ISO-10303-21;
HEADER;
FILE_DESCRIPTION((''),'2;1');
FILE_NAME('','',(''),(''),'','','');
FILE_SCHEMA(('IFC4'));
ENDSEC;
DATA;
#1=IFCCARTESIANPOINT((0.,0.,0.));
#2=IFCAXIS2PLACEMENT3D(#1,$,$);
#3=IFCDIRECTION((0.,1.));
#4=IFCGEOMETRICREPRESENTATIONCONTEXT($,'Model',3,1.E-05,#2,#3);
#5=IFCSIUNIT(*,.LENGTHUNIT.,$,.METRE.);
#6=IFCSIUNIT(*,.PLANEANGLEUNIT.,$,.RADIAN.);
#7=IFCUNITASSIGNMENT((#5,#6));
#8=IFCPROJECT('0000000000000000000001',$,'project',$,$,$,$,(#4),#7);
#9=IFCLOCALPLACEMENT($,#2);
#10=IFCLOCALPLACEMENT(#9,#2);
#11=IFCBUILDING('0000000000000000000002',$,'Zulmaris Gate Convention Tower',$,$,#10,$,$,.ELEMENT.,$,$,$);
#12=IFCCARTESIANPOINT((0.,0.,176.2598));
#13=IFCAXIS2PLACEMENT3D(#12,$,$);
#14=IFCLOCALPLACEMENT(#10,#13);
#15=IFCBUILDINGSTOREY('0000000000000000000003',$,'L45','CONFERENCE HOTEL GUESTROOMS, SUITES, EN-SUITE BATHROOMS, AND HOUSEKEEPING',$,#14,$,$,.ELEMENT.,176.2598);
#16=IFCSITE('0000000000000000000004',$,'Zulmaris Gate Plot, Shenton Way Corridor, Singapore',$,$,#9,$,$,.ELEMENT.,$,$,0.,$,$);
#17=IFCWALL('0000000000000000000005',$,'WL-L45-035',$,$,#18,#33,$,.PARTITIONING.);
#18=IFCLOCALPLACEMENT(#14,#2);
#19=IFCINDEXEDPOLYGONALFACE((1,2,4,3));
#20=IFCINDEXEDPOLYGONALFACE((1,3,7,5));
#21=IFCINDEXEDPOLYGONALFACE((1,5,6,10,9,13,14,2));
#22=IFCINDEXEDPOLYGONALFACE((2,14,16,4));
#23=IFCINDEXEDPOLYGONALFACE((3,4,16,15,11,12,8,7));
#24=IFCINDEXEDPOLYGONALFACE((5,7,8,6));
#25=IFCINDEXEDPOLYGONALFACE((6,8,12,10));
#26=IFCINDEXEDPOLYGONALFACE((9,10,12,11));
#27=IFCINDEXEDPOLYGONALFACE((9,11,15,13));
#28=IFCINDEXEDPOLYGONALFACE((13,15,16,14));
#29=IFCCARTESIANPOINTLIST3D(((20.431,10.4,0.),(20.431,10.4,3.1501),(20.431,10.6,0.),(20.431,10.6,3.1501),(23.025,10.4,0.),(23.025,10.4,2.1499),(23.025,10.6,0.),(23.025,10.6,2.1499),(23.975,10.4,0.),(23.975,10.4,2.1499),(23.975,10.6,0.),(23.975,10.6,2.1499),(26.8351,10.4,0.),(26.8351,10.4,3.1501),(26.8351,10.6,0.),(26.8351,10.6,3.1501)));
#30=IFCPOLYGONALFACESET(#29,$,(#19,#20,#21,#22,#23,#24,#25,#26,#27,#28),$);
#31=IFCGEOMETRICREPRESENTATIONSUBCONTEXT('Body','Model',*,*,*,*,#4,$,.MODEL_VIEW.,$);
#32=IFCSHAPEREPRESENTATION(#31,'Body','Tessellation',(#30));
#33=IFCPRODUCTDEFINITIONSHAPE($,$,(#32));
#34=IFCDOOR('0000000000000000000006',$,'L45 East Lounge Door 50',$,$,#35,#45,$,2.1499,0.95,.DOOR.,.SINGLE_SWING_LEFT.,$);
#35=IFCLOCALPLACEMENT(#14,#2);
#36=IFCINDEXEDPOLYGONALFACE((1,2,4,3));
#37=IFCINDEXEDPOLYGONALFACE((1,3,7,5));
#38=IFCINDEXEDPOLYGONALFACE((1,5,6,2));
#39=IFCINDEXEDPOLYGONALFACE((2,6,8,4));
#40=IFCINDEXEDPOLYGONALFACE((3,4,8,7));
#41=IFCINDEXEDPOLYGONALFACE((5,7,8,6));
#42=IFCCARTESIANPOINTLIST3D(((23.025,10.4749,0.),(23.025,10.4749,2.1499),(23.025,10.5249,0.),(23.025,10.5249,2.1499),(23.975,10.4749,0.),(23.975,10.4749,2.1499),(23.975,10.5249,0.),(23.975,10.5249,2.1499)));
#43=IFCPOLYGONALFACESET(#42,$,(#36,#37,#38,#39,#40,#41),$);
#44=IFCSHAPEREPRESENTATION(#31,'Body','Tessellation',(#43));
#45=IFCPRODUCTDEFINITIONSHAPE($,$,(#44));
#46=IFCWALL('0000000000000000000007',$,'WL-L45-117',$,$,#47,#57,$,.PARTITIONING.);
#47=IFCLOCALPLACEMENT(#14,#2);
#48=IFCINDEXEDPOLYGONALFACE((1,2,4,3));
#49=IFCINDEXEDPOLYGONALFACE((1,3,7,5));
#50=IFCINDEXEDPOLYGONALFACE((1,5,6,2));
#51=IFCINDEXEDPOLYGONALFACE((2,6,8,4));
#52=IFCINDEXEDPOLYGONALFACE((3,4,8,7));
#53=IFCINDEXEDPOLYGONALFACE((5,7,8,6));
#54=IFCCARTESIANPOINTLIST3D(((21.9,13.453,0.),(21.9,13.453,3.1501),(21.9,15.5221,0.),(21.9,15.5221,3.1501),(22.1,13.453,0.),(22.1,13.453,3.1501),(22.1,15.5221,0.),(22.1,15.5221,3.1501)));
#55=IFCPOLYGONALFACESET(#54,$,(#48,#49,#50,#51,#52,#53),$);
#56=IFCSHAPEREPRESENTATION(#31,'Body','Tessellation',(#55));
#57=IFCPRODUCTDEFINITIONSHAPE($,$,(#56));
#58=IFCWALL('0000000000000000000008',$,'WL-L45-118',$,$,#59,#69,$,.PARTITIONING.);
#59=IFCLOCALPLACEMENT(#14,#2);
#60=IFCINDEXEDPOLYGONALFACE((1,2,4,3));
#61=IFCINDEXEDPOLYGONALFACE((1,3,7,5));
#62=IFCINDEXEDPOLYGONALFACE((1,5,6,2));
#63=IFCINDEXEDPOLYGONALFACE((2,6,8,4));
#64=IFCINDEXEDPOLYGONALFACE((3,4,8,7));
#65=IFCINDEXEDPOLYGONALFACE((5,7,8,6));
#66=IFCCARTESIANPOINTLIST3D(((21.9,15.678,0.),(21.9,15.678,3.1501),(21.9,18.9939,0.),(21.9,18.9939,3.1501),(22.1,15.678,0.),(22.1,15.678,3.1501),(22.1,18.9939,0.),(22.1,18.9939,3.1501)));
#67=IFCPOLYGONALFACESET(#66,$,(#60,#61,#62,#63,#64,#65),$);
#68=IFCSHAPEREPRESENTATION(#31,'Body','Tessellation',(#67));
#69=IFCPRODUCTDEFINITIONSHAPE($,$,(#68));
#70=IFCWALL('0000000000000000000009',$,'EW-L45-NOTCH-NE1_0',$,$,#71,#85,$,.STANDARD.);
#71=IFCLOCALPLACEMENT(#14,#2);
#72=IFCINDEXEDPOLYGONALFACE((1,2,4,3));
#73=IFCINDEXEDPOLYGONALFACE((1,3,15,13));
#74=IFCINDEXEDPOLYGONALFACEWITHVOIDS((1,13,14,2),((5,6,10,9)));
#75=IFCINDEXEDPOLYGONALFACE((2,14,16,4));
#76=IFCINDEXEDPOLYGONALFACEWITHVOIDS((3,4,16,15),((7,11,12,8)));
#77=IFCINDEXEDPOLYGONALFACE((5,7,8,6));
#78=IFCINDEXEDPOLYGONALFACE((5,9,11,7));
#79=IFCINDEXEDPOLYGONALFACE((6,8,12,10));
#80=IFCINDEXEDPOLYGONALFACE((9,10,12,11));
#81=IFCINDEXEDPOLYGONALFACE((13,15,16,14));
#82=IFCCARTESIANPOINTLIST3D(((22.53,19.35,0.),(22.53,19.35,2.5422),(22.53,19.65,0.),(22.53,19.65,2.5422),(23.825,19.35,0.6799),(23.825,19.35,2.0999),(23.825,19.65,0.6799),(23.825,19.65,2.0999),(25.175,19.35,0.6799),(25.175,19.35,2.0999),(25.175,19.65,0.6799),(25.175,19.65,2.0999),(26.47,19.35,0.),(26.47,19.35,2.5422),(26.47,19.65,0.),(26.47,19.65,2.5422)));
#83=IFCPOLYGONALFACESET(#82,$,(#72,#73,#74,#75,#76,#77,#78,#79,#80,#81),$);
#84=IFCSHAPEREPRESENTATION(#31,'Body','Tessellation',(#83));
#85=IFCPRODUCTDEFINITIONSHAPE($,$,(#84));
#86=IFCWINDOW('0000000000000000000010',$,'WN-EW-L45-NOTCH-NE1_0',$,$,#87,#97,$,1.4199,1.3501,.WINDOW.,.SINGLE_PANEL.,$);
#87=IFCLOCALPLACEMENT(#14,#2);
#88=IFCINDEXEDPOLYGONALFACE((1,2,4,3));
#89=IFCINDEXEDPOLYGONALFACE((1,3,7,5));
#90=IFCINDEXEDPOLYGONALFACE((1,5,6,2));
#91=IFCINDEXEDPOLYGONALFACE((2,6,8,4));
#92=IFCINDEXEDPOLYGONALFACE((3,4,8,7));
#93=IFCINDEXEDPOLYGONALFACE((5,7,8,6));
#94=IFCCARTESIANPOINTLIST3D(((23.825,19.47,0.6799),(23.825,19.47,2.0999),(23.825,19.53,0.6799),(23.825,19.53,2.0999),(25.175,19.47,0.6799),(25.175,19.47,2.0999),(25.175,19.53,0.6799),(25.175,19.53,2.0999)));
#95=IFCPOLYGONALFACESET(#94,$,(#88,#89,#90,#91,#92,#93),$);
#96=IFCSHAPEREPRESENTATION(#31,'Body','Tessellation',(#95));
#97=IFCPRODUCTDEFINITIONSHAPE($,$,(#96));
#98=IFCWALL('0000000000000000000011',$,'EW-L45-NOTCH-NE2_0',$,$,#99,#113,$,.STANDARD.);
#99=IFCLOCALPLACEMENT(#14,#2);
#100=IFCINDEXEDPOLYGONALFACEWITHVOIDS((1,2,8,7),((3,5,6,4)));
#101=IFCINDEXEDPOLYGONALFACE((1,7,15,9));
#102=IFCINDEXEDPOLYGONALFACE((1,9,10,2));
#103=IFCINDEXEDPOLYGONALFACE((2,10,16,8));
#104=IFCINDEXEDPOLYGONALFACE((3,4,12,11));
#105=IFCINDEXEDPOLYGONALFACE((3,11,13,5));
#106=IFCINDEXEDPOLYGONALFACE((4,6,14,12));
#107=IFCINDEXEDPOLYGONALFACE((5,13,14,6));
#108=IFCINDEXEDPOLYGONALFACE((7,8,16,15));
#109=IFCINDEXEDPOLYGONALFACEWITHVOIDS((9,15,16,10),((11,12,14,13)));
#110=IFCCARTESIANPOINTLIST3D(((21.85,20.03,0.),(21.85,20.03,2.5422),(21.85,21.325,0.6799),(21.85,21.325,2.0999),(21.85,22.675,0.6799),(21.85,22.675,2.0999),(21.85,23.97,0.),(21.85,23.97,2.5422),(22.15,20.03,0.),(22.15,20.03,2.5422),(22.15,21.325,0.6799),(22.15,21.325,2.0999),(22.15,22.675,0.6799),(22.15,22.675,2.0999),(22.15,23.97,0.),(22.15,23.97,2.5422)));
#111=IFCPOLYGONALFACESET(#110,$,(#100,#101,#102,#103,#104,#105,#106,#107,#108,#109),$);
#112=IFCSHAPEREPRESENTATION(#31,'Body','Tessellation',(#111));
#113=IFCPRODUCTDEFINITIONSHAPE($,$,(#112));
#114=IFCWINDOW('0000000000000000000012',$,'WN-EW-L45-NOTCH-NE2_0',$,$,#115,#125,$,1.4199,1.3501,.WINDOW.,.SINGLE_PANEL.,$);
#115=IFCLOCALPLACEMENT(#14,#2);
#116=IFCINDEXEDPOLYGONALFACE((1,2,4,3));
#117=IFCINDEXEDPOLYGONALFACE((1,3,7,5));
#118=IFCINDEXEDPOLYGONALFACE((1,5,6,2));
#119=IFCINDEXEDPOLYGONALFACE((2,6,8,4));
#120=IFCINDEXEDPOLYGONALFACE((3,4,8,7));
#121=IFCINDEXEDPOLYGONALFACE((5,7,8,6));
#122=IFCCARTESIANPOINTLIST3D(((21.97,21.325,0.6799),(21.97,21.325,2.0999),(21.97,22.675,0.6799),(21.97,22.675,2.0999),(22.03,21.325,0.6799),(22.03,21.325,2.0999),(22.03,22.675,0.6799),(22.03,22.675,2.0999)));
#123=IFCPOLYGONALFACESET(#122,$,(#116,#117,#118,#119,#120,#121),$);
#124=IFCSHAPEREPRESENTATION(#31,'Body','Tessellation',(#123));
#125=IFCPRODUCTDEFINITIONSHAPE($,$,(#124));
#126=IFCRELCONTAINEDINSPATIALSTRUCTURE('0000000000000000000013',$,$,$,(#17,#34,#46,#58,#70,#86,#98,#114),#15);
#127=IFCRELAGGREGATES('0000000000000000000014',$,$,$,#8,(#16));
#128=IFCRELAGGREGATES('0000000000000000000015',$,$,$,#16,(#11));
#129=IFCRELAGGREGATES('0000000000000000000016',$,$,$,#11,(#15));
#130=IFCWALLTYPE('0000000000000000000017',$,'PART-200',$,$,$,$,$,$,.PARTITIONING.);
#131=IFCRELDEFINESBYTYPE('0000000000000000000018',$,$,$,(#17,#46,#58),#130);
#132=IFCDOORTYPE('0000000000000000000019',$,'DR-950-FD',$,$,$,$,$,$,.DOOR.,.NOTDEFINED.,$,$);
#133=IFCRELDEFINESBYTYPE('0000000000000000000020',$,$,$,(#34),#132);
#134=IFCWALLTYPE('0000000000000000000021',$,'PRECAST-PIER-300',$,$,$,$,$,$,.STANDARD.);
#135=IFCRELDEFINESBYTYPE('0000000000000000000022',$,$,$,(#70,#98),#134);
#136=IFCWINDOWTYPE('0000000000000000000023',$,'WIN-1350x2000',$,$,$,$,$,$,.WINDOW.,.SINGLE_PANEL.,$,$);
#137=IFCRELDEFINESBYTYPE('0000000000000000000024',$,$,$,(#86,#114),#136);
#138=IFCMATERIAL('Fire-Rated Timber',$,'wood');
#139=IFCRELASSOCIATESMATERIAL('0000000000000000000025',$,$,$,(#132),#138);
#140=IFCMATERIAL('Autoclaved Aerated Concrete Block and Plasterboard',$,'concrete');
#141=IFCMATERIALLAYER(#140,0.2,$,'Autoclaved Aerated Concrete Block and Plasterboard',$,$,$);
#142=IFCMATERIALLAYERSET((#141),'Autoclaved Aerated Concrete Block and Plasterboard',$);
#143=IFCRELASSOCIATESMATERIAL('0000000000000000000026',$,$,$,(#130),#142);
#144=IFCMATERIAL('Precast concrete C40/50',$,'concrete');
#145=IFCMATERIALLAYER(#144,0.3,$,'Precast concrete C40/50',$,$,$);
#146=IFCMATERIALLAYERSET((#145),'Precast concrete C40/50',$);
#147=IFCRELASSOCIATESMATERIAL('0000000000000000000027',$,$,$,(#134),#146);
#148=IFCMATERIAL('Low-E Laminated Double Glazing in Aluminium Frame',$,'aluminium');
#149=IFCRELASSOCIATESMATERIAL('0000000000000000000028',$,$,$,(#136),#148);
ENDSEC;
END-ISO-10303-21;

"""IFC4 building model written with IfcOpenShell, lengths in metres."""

from ifc_helpers import new_model, si_unit, direction, frame, frame_2d, origin, place, context, subcontext, project, spatial, rectangle, extrude, material, layer, layer_set, type_object, element, fill, save


model = new_model("IFC4")

# Units and contexts
model_context = context("Model", 3, precision=1e-05, world=origin(), true_north=direction((0.0, 1.0)))
body_context = subcontext(model_context, "Body", "Model", "MODEL_VIEW")
ifc_project = project(units=[si_unit("LENGTHUNIT", "METRE"), si_unit("PLANEANGLEUNIT", "RADIAN")], contexts=[model_context])

# Site, building, storey
site_placement = place(None, origin())
site = spatial("IfcSite", under=ifc_project, at=site_placement, Name="Zulmaris Gate Plot, Shenton Way Corridor, Singapore", CompositionType="ELEMENT", RefElevation=0.0)
building_placement = place(site_placement, origin())
building = spatial("IfcBuilding", under=site, at=building_placement, Name="Zulmaris Gate Convention Tower", CompositionType="ELEMENT")
storey_placement = place(building_placement, frame((0.0, 0.0, 176.2598)))
storey = spatial("IfcBuildingStorey", under=building, at=storey_placement, Name="L45", Description="CONFERENCE HOTEL GUESTROOMS, SUITES, EN-SUITE BATHROOMS, AND HOUSEKEEPING", CompositionType="ELEMENT", Elevation=176.2598)

# Wall, opening, door
ifc_material_1 = material(Name="Fire-Rated Timber", Category="wood")
door_type_1 = type_object("IfcDoorType", Name="DR-950-FD", OperationType="NOTDEFINED", PredefinedType="DOOR", material=ifc_material_1)
ifc_material_2 = material(Name="Autoclaved Aerated Concrete Block and Plasterboard", Category="concrete")
ifc_layer_1 = layer(ifc_material_2, 0.2, Name="Autoclaved Aerated Concrete Block and Plasterboard")
ifc_layer_set_1 = layer_set([ifc_layer_1], Name="Autoclaved Aerated Concrete Block and Plasterboard")
wall_type_1 = type_object("IfcWallType", Name="PART-200", PredefinedType="PARTITIONING", material=ifc_layer_set_1)
wall_1_placement = place(storey_placement, frame((20.4309, 10.5, 0.0), z_axis=(0.0, 0.0, 1.0), x_axis=(1.0, 0.0, 0.0)))
wall_1 = element("IfcWall", 1, at=wall_1_placement, inside=storey, type_object=wall_type_1, Name="WL-L45-035", PredefinedType="PARTITIONING", context=body_context, shape_type="SweptSolid", body=[
    extrude(rectangle(XDim=6.4041, YDim=0.2, at=frame_2d((3.2021, 0.0))), origin(), (0.0, 0.0, 1.0), 3.1501),
])
opening_1_placement = place(wall_1_placement, frame((2.594, 0.0, 0.0)))
opening_1 = element("IfcOpeningElement", 2, at=opening_1_placement, cuts=wall_1, PredefinedType="OPENING", context=body_context, shape_type="SweptSolid", body=[
    extrude(rectangle(XDim=0.95, YDim=2.1499, at=frame_2d((0.4751, 1.075))), frame((0.0, 0.1099, 0.0), z_axis=(0.0, -1.0, 0.0), x_axis=(1.0, 0.0, 0.0)), (0.0, 0.0, 1.0), 0.22),
])
door_1_placement = place(opening_1_placement, origin())
door_1 = element("IfcDoor", 3, at=door_1_placement, inside=storey, type_object=door_type_1, Name="L45 East Lounge Door 50", OperationType="SINGLE_SWING_LEFT", OverallHeight=2.1499, OverallWidth=0.95, PredefinedType="DOOR", context=body_context, shape_type="SweptSolid", body=[
    extrude(rectangle(XDim=0.95, YDim=2.1499, at=frame_2d((0.4751, 1.075))), frame((0.0, 0.0249, 0.0), z_axis=(0.0, -1.0, 0.0), x_axis=(1.0, 0.0, 0.0)), (0.0, 0.0, 1.0), 0.05),
])
fill(opening_1, door_1)

# Walls
wall_2_placement = place(storey_placement, frame((22.0, 13.4529, 0.0), z_axis=(0.0, 0.0, 1.0), x_axis=(0.0, 1.0, 0.0)))
element("IfcWall", 4, at=wall_2_placement, inside=storey, type_object=wall_type_1, Name="WL-L45-117", PredefinedType="PARTITIONING", context=body_context, shape_type="SweptSolid", body=[
    extrude(rectangle(XDim=2.0691, YDim=0.2, at=frame_2d((1.0347, 0.0))), origin(), (0.0, 0.0, 1.0), 3.1501),
])
wall_3_placement = place(storey_placement, frame((22.0, 15.678, 0.0), z_axis=(0.0, 0.0, 1.0), x_axis=(0.0, 1.0, 0.0)))
element("IfcWall", 5, at=wall_3_placement, inside=storey, type_object=wall_type_1, Name="WL-L45-118", PredefinedType="PARTITIONING", context=body_context, shape_type="SweptSolid", body=[
    extrude(rectangle(XDim=3.3159, YDim=0.2, at=frame_2d((1.658, 0.0))), origin(), (0.0, 0.0, 1.0), 3.1501),
])

# Walls, openings, windows
ifc_material_3 = material(Name="Precast concrete C40/50", Category="concrete")
ifc_layer_2 = layer(ifc_material_3, 0.3, Name="Precast concrete C40/50")
ifc_layer_set_2 = layer_set([ifc_layer_2], Name="Precast concrete C40/50")
wall_type_2 = type_object("IfcWallType", Name="PRECAST-PIER-300", PredefinedType="STANDARD", material=ifc_layer_set_2)
wall_4_placement = place(storey_placement, frame((26.47, 19.5, 0.0), z_axis=(0.0, 0.0, 1.0), x_axis=(-1.0, 0.0, 0.0)))
wall_4 = element("IfcWall", 6, at=wall_4_placement, inside=storey, type_object=wall_type_2, Name="EW-L45-NOTCH-NE1_0", PredefinedType="STANDARD", context=body_context, shape_type="SweptSolid", body=[
    extrude(rectangle(XDim=3.9399, YDim=0.3, at=frame_2d((1.97, 0.0))), origin(), (0.0, 0.0, 1.0), 2.5422),
])
opening_2_placement = place(wall_4_placement, frame((1.2949, 0.0, 0.6799)))
opening_2 = element("IfcOpeningElement", 7, at=opening_2_placement, cuts=wall_4, PredefinedType="OPENING", context=body_context, shape_type="SweptSolid", body=[
    extrude(rectangle(XDim=1.3501, YDim=1.4199, at=frame_2d((0.675, 0.71))), frame((0.0, 0.1602, 0.0), z_axis=(0.0, -1.0, 0.0), x_axis=(1.0, 0.0, 0.0)), (0.0, 0.0, 1.0), 0.3201),
])
ifc_material_4 = material(Name="Low-E Laminated Double Glazing in Aluminium Frame", Category="aluminium")
window_type_1 = type_object("IfcWindowType", Name="WIN-1350x2000", PartitioningType="SINGLE_PANEL", PredefinedType="WINDOW", material=ifc_material_4)
window_1_placement = place(opening_2_placement, origin())
window_1 = element("IfcWindow", 8, at=window_1_placement, inside=storey, type_object=window_type_1, Name="WN-EW-L45-NOTCH-NE1_0", OverallHeight=1.4199, OverallWidth=1.3501, PartitioningType="SINGLE_PANEL", PredefinedType="WINDOW", context=body_context, shape_type="SweptSolid", body=[
    extrude(rectangle(XDim=1.3501, YDim=1.4199, at=frame_2d((0.675, 0.71))), frame((0.0, 0.03, 0.0), z_axis=(0.0, -1.0, 0.0), x_axis=(1.0, 0.0, 0.0)), (0.0, 0.0, 1.0), 0.0601),
])
fill(opening_2, window_1)
wall_5_placement = place(storey_placement, frame((22.0, 20.03, 0.0), z_axis=(0.0, 0.0, 1.0), x_axis=(0.0, 1.0, 0.0)))
wall_5 = element("IfcWall", 9, at=wall_5_placement, inside=storey, type_object=wall_type_2, Name="EW-L45-NOTCH-NE2_0", PredefinedType="STANDARD", context=body_context, shape_type="SweptSolid", body=[
    extrude(rectangle(XDim=3.9399, YDim=0.3, at=frame_2d((1.97, 0.0))), origin(), (0.0, 0.0, 1.0), 2.5422),
])
opening_3_placement = place(wall_5_placement, frame((1.2949, 0.0, 0.6799)))
opening_3 = element("IfcOpeningElement", 10, at=opening_3_placement, cuts=wall_5, PredefinedType="OPENING", context=body_context, shape_type="SweptSolid", body=[
    extrude(rectangle(XDim=1.3501, YDim=1.4199, at=frame_2d((0.675, 0.71))), frame((0.0, 0.1602, 0.0), z_axis=(0.0, -1.0, 0.0), x_axis=(1.0, 0.0, 0.0)), (0.0, 0.0, 1.0), 0.3201),
])
window_2_placement = place(opening_3_placement, origin())
window_2 = element("IfcWindow", 11, at=window_2_placement, inside=storey, type_object=window_type_1, Name="WN-EW-L45-NOTCH-NE2_0", OverallHeight=1.4199, OverallWidth=1.3501, PartitioningType="SINGLE_PANEL", PredefinedType="WINDOW", context=body_context, shape_type="SweptSolid", body=[
    extrude(rectangle(XDim=1.3501, YDim=1.4199, at=frame_2d((0.675, 0.71))), frame((0.0, 0.03, 0.0), z_axis=(0.0, -1.0, 0.0), x_axis=(1.0, 0.0, 0.0)), (0.0, 0.0, 1.0), 0.0601),
])
fill(opening_3, window_2)

save(model, "model.ifc")
